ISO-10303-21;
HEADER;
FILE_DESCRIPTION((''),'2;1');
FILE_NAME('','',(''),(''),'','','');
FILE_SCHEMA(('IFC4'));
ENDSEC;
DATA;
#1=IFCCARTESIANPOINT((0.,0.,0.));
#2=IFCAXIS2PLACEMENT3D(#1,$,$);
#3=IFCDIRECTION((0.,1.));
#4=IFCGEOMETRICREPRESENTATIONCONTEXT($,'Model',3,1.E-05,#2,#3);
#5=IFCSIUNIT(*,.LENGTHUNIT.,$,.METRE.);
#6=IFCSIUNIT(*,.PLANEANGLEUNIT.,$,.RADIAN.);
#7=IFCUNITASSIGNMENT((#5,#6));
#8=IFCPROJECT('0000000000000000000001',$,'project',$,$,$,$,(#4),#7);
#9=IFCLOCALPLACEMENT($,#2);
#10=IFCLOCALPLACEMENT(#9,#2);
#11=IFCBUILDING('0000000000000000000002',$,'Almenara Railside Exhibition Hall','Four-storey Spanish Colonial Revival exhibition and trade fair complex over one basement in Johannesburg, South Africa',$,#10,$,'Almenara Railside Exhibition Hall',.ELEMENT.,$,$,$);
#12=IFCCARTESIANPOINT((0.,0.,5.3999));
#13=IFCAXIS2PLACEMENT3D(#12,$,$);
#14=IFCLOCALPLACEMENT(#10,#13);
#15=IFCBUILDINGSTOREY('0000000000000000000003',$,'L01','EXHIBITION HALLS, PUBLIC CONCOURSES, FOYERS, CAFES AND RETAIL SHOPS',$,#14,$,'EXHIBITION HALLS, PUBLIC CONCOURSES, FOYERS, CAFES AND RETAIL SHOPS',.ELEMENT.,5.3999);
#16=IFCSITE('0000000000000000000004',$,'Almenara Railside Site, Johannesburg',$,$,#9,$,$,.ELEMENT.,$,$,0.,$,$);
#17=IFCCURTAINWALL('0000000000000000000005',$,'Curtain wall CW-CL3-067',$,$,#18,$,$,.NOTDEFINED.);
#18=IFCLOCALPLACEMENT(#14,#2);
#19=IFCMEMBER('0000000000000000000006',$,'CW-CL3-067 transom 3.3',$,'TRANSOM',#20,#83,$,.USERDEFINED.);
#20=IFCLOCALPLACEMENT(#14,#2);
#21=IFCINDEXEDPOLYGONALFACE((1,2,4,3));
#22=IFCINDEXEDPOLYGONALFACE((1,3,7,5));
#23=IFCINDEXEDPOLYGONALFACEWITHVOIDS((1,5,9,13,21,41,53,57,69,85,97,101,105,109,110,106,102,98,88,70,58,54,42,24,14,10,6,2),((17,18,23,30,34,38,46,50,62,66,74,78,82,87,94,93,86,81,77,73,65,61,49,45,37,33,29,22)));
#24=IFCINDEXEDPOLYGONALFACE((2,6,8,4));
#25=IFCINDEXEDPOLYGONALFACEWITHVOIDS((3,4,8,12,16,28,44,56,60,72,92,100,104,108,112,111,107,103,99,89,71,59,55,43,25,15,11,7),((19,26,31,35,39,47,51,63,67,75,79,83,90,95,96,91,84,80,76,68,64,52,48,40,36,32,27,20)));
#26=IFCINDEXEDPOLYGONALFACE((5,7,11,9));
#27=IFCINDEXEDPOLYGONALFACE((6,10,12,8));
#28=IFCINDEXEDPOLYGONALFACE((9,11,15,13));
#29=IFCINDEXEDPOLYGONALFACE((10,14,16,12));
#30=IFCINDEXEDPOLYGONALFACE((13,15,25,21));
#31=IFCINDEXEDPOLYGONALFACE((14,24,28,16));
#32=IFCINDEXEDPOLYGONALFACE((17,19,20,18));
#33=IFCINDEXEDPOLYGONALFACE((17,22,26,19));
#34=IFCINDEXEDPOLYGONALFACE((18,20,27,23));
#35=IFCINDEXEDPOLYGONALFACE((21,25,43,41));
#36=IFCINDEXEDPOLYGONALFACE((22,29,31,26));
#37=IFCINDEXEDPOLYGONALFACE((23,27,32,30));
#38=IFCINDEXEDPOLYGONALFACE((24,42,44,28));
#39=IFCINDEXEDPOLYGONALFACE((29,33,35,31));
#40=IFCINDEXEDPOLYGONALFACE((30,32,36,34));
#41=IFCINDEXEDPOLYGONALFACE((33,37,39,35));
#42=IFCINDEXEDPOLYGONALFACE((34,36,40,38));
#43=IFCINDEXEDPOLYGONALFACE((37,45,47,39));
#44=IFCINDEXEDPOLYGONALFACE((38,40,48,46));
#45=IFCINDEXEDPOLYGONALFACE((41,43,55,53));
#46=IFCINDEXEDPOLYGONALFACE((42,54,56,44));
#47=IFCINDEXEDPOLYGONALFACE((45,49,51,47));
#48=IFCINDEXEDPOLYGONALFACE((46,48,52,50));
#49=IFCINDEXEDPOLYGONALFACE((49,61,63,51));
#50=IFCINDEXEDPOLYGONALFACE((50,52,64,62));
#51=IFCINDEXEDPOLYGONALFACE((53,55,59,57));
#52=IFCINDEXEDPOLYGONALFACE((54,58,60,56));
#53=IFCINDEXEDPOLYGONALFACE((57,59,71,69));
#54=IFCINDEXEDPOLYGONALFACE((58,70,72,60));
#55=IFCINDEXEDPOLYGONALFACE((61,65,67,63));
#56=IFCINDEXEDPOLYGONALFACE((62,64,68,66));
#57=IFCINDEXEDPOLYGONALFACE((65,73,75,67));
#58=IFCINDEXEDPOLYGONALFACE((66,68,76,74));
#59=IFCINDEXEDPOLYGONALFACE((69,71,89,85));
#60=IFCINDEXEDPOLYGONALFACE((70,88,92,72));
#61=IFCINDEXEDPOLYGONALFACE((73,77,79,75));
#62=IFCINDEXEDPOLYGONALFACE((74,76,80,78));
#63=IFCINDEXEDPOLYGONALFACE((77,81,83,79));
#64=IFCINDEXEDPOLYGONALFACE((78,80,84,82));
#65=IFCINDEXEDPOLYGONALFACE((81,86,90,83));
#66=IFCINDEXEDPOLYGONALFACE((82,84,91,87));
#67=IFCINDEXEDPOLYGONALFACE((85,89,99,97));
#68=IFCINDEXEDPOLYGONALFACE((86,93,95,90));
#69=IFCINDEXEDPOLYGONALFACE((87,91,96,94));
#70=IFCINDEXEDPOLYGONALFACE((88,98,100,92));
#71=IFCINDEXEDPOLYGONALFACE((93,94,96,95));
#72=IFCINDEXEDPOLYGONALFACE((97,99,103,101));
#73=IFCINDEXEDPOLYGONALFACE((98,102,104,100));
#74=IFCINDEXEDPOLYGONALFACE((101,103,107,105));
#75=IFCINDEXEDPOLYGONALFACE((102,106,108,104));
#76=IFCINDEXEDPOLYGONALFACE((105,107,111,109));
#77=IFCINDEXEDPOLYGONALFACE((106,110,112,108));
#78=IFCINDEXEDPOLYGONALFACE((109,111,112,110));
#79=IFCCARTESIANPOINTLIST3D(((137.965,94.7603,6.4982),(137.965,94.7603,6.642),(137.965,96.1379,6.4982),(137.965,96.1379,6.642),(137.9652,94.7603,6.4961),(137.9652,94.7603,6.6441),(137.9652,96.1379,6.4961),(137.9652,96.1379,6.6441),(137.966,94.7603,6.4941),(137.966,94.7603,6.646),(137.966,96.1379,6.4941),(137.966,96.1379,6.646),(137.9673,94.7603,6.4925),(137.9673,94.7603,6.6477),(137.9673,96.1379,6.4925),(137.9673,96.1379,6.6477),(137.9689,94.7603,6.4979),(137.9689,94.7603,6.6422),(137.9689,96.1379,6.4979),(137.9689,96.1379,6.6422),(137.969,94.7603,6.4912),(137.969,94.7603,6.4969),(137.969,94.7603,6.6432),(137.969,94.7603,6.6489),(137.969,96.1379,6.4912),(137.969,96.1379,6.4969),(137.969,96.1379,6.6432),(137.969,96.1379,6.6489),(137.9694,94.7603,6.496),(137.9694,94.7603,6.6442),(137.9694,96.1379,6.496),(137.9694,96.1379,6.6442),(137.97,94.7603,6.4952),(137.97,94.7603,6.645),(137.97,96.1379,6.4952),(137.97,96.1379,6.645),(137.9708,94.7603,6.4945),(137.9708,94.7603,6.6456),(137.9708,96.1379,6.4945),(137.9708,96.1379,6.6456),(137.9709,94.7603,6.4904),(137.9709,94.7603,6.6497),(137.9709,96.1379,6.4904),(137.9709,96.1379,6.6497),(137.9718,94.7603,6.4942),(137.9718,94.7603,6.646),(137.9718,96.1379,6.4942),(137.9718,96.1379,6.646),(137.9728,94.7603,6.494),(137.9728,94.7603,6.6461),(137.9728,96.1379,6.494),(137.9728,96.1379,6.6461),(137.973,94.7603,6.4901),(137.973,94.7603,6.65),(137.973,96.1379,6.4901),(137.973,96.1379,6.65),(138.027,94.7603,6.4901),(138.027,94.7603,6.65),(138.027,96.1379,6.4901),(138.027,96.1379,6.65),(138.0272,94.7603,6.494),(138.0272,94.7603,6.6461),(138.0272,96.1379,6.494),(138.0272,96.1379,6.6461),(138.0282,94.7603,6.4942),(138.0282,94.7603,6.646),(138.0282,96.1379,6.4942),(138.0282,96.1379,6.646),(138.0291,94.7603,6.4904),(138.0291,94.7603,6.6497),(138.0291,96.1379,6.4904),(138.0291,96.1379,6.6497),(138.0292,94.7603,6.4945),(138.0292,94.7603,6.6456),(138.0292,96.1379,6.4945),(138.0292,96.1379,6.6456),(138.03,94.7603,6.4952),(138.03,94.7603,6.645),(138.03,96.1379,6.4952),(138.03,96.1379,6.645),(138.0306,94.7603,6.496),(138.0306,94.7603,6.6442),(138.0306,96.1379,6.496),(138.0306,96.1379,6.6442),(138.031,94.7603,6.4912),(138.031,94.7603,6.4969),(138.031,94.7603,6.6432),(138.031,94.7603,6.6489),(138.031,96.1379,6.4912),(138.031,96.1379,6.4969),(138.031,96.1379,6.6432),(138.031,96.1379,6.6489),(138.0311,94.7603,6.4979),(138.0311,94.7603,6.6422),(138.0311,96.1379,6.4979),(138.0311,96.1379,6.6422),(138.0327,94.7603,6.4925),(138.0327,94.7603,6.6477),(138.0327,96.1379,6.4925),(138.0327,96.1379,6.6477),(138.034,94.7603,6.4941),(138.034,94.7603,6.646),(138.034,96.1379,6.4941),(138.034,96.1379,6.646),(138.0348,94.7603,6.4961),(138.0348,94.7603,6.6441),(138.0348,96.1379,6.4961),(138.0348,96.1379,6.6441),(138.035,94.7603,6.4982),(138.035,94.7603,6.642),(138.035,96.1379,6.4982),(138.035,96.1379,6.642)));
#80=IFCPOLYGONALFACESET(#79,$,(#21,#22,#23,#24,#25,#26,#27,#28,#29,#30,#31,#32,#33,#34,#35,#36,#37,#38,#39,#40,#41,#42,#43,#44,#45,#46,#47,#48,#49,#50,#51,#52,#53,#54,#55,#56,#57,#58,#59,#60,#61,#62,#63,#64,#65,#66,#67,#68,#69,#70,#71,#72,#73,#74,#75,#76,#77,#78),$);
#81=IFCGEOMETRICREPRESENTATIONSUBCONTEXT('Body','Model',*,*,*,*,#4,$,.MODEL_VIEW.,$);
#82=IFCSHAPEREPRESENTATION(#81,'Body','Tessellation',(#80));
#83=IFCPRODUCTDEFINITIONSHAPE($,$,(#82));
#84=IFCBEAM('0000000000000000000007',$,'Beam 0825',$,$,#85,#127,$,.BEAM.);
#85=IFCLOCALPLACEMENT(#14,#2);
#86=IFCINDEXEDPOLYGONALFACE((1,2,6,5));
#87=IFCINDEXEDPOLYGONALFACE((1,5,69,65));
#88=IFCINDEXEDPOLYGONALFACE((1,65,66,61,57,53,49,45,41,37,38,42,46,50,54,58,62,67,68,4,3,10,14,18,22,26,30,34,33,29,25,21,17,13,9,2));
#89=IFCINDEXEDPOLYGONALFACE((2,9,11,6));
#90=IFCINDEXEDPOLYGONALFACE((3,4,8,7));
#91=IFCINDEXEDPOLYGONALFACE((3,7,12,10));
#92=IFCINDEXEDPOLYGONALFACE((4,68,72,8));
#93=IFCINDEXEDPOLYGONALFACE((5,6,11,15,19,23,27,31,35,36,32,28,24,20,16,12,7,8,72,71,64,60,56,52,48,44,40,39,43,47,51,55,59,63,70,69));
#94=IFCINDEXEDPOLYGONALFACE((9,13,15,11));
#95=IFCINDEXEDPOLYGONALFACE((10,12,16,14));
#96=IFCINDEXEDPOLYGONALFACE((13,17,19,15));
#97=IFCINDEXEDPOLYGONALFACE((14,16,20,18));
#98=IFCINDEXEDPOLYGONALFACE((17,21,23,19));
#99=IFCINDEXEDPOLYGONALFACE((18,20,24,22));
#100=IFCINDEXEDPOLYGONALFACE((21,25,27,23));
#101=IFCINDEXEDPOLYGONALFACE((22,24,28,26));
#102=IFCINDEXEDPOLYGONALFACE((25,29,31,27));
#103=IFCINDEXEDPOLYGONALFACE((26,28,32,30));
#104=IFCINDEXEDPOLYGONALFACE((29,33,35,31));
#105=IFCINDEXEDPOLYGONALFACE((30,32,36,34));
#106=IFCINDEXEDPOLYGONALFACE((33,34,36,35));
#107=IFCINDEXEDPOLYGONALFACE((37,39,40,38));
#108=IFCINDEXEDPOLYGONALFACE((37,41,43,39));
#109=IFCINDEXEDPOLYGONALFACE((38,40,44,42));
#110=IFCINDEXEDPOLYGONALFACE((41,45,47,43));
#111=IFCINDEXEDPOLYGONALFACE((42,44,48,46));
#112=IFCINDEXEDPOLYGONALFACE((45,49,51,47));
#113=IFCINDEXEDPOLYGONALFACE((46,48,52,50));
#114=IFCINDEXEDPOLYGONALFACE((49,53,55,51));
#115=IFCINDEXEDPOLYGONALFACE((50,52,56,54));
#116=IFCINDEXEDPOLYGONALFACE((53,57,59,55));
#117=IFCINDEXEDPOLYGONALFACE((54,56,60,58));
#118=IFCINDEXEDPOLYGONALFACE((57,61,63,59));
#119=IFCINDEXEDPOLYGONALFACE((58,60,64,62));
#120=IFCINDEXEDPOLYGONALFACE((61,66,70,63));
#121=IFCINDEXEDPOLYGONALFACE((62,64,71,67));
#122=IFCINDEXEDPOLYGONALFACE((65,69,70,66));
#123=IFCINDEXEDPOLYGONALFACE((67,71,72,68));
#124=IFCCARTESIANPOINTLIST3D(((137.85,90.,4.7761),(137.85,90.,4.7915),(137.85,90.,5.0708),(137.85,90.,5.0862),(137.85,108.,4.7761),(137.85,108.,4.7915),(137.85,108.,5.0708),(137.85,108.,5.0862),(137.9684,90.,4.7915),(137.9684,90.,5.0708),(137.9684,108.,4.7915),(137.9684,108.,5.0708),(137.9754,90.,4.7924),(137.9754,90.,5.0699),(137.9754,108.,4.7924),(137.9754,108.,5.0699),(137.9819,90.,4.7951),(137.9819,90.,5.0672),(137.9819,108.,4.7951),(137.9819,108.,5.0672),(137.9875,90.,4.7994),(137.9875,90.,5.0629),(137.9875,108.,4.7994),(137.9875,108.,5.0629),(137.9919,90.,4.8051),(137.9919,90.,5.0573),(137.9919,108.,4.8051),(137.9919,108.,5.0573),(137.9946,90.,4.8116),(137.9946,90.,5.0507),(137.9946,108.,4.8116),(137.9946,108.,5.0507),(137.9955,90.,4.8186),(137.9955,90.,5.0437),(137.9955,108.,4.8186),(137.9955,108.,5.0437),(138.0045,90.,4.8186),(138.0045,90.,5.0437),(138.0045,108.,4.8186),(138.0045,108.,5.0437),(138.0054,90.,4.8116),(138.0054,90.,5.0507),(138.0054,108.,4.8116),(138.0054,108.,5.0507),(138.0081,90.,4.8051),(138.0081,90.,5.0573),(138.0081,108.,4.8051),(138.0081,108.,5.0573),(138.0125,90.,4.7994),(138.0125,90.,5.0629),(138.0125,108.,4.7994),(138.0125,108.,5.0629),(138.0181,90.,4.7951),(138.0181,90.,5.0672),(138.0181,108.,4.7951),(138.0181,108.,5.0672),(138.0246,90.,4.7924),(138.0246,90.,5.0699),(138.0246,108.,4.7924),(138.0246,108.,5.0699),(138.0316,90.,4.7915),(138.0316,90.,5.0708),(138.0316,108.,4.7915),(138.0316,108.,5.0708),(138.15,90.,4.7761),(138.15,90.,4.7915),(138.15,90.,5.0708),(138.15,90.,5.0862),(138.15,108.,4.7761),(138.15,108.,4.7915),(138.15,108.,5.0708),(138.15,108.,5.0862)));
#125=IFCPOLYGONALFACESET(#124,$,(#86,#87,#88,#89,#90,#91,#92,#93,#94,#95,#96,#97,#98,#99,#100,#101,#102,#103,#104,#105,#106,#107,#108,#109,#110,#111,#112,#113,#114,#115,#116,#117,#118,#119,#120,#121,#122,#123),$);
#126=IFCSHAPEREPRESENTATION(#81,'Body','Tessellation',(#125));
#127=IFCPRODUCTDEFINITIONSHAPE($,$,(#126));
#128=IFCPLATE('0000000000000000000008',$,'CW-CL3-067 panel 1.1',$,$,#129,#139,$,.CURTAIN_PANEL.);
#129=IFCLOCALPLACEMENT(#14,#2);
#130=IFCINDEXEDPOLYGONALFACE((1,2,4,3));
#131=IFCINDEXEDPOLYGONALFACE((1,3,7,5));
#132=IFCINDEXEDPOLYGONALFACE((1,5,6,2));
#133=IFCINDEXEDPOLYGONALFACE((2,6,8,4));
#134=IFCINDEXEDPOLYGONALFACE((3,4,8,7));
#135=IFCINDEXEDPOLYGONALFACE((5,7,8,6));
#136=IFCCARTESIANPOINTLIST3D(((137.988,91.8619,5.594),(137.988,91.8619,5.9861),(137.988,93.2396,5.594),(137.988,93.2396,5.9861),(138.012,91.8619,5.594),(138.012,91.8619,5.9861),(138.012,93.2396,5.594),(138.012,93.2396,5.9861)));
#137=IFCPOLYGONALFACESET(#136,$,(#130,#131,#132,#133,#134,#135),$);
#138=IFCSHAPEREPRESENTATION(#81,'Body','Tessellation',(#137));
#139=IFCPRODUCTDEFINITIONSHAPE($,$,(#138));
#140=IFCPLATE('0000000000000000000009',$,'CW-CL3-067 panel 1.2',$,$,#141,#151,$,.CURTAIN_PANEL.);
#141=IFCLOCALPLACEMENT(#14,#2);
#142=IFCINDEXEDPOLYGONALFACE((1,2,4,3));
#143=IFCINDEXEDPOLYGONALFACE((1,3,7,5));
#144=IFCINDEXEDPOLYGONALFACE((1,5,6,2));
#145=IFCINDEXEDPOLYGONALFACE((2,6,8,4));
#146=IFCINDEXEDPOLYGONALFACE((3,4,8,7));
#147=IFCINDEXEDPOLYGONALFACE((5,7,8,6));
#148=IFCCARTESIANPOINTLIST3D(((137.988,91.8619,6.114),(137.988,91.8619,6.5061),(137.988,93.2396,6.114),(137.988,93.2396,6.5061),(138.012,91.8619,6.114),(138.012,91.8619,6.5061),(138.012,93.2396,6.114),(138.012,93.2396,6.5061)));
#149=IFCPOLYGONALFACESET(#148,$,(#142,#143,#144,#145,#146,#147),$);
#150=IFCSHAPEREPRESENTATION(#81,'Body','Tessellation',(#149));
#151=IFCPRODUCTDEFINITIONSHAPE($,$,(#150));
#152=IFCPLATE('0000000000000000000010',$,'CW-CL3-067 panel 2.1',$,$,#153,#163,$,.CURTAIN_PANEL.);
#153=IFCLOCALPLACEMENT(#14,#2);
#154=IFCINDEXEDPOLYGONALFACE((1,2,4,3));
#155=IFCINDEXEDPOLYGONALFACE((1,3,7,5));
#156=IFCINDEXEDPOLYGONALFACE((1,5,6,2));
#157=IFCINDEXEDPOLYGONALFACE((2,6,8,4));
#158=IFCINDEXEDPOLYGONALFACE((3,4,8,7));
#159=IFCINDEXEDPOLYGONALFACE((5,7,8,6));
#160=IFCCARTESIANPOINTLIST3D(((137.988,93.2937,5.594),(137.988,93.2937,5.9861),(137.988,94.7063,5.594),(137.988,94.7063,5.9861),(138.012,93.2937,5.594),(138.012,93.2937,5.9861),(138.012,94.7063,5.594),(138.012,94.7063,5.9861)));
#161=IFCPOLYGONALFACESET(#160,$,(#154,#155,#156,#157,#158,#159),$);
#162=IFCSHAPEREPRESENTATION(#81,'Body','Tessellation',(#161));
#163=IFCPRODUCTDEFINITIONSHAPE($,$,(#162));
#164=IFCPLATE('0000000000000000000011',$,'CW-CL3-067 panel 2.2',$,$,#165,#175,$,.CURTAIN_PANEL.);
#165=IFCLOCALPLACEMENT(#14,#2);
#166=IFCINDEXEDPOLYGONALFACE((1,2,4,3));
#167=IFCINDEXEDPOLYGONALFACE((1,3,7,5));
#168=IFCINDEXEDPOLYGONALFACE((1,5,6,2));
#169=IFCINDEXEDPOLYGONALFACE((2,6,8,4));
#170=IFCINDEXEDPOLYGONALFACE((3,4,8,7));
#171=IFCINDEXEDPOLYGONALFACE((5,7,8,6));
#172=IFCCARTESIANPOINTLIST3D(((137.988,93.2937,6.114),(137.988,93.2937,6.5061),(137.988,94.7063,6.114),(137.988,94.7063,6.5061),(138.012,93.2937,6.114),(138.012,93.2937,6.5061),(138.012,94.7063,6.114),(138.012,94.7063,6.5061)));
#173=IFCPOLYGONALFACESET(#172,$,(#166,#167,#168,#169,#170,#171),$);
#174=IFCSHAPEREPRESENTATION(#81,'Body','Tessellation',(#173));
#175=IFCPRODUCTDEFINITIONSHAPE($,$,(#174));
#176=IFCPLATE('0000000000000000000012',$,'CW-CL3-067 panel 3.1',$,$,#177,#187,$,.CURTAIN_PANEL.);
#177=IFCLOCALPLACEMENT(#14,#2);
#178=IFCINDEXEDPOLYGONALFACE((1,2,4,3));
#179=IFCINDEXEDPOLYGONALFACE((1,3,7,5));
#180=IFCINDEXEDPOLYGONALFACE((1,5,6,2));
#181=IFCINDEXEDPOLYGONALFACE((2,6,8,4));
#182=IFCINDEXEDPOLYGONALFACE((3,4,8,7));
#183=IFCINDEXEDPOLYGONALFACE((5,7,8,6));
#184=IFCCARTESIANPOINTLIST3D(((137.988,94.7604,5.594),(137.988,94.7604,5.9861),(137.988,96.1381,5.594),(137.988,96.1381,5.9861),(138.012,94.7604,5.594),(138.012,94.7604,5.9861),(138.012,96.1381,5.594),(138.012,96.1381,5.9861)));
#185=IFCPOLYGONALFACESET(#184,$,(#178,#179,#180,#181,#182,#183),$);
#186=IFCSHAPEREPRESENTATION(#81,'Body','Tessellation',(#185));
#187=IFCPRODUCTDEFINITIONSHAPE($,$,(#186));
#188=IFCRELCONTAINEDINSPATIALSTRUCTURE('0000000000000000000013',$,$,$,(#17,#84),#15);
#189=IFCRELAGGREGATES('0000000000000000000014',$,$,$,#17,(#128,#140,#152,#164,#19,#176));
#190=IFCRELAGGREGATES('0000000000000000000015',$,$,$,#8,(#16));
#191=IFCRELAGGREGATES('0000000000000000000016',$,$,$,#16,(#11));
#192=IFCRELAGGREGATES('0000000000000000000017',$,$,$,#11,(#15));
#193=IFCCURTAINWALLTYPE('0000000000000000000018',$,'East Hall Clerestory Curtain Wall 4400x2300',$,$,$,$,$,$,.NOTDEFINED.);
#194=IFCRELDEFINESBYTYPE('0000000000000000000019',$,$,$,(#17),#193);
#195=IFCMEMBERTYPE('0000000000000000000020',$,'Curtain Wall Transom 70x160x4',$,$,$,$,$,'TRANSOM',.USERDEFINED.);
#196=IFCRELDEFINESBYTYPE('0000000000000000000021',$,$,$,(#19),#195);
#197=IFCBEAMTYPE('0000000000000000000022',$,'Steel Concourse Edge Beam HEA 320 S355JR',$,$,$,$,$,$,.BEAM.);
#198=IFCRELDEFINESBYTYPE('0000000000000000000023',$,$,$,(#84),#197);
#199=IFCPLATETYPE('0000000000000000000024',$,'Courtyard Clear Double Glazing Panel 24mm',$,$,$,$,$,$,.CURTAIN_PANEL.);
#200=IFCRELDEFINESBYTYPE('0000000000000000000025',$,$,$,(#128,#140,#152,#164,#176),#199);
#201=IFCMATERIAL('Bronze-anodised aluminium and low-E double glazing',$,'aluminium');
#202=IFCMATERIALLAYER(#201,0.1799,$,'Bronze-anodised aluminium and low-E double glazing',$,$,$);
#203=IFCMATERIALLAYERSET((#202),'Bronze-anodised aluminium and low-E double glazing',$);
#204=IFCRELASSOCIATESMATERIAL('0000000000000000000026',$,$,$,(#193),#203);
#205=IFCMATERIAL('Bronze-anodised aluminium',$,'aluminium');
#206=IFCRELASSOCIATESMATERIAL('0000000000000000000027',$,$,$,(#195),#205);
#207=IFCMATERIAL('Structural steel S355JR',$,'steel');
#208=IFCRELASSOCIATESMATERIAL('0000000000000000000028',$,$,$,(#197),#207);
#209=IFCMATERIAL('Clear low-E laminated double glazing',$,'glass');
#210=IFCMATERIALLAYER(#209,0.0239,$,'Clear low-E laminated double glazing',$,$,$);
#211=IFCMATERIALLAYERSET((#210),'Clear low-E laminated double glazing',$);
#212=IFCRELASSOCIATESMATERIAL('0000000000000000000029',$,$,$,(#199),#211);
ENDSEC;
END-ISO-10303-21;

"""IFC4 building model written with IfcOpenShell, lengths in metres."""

from ifc_helpers import new_model, si_unit, direction, frame, origin, origin_2d, place, context, subcontext, project, spatial, rectangle, hollow_rectangle, i_section, extrude, material, layer, layer_set, material_profile, profile_set, type_object, element, aggregate, save


model = new_model("IFC4")

# Units and contexts
model_context = context("Model", 3, precision=1e-05, world=origin(), true_north=direction((0.0, 1.0)))
body_context = subcontext(model_context, "Body", "Model", "MODEL_VIEW")
ifc_project = project(units=[si_unit("LENGTHUNIT", "METRE"), si_unit("PLANEANGLEUNIT", "RADIAN")], contexts=[model_context])

# Site, building, storey
site_placement = place(None, origin())
site = spatial("IfcSite", under=ifc_project, at=site_placement, Name="Almenara Railside Site, Johannesburg", CompositionType="ELEMENT", RefElevation=0.0)
building_placement = place(site_placement, origin())
building = spatial("IfcBuilding", under=site, at=building_placement, Name="Almenara Railside Exhibition Hall", Description="Four-storey Spanish Colonial Revival exhibition and trade fair complex over one basement in Johannesburg, South Africa", LongName="Almenara Railside Exhibition Hall", CompositionType="ELEMENT")
storey_placement = place(building_placement, frame((0.0, 0.0, 5.3999)))
storey = spatial("IfcBuildingStorey", under=building, at=storey_placement, Name="L01", Description="EXHIBITION HALLS, PUBLIC CONCOURSES, FOYERS, CAFES AND RETAIL SHOPS", LongName="EXHIBITION HALLS, PUBLIC CONCOURSES, FOYERS, CAFES AND RETAIL SHOPS", CompositionType="ELEMENT", Elevation=5.3999)

# Shared definitions
ifc_material_1 = material(Name="Bronze-anodised aluminium and low-E double glazing", Category="aluminium")
ifc_material_2 = material(Name="Bronze-anodised aluminium", Category="aluminium")

# Curtain wall, member
ifc_layer_1 = layer(ifc_material_1, 0.1799, Name="Bronze-anodised aluminium and low-E double glazing")
ifc_layer_set_1 = layer_set([ifc_layer_1], Name="Bronze-anodised aluminium and low-E double glazing")
curtain_wall_type_1 = type_object("IfcCurtainWallType", Name="East Hall Clerestory Curtain Wall 4400x2300", PredefinedType="NOTDEFINED", material=ifc_layer_set_1)
curtain_wall_1_placement = place(storey_placement, origin())
curtain_wall_1 = element("IfcCurtainWall", 1, at=curtain_wall_1_placement, inside=storey, type_object=curtain_wall_type_1, Name="Curtain wall CW-CL3-067", PredefinedType="NOTDEFINED")
ifc_material_profile_1 = material_profile(ifc_material_2, hollow_rectangle(XDim=0.0701, YDim=0.1599, WallThickness=0.0039, InnerFilletRadius=0.0039, OuterFilletRadius=0.0081, at=origin_2d()), Name="ALU-TRN 70x160x4")
ifc_profile_set_1 = profile_set([ifc_material_profile_1], Name="Bronze-anodised aluminium")
member_type_1 = type_object("IfcMemberType", Name="Curtain Wall Transom 70x160x4", ElementType="TRANSOM", PredefinedType="USERDEFINED", material=ifc_profile_set_1)
member_1_placement = place(storey_placement, frame((138.0, 94.7603, 6.5701), z_axis=(0.0, 1.0, 0.0), x_axis=(-1.0, 0.0, 0.0)))
member_1 = element("IfcMember", 2, at=member_1_placement, type_object=member_type_1, Name="CW-CL3-067 transom 3.3", ObjectType="TRANSOM", PredefinedType="USERDEFINED", context=body_context, shape_type="SweptSolid", body=[
    extrude(hollow_rectangle(XDim=0.0701, YDim=0.1599, WallThickness=0.0039, InnerFilletRadius=0.0039, OuterFilletRadius=0.0081, at=origin_2d()), origin(), (0.0, 0.0, 1.0), 1.3777),
])

# Beam
ifc_material_3 = material(Name="Structural steel S355JR", Category="steel")
ifc_material_profile_2 = material_profile(ifc_material_3, i_section(OverallWidth=0.3, OverallDepth=0.3101, WebThickness=0.009, FlangeThickness=0.0154, FilletRadius=0.0271, at=origin_2d()), Name="HEA 320")
ifc_profile_set_2 = profile_set([ifc_material_profile_2], Name="Structural steel S355JR")
beam_type = type_object("IfcBeamType", Name="Steel Concourse Edge Beam HEA 320 S355JR", PredefinedType="BEAM", material=ifc_profile_set_2)
beam_placement = place(storey_placement, frame((138.0, 90.0, 4.9312), z_axis=(0.0, 1.0, 0.0), x_axis=(-1.0, 0.0, 0.0)))
element("IfcBeam", 3, at=beam_placement, inside=storey, type_object=beam_type, Name="Beam 0825", PredefinedType="BEAM", context=body_context, shape_type="SweptSolid", body=[
    extrude(i_section(OverallWidth=0.3, OverallDepth=0.3101, WebThickness=0.009, FlangeThickness=0.0154, FilletRadius=0.0271, at=origin_2d()), origin(), (0.0, 0.0, 1.0), 18.0),
])

# Plates
ifc_material_4 = material(Name="Clear low-E laminated double glazing", Category="glass")
ifc_layer_2 = layer(ifc_material_4, 0.0239, Name="Clear low-E laminated double glazing")
ifc_layer_set_2 = layer_set([ifc_layer_2], Name="Clear low-E laminated double glazing")
plate_type_1 = type_object("IfcPlateType", Name="Courtyard Clear Double Glazing Panel 24mm", PredefinedType="CURTAIN_PANEL", material=ifc_layer_set_2)
plate_1_placement = place(storey_placement, frame((138.0, 92.5508, 5.594), z_axis=(0.0, 0.0, 1.0), x_axis=(0.0, 1.0, 0.0)))
plate_1 = element("IfcPlate", 4, at=plate_1_placement, type_object=plate_type_1, Name="CW-CL3-067 panel 1.1", PredefinedType="CURTAIN_PANEL", context=body_context, shape_type="SweptSolid", body=[
    extrude(rectangle(XDim=1.3777, YDim=0.0239, at=origin_2d()), origin(), (0.0, 0.0, 1.0), 0.3921),
])
plate_2_placement = place(storey_placement, frame((138.0, 92.5508, 6.114), z_axis=(0.0, 0.0, 1.0), x_axis=(0.0, 1.0, 0.0)))
plate_2 = element("IfcPlate", 5, at=plate_2_placement, type_object=plate_type_1, Name="CW-CL3-067 panel 1.2", PredefinedType="CURTAIN_PANEL", context=body_context, shape_type="SweptSolid", body=[
    extrude(rectangle(XDim=1.3777, YDim=0.0239, at=origin_2d()), origin(), (0.0, 0.0, 1.0), 0.3921),
])
plate_3_placement = place(storey_placement, frame((138.0, 94.0, 5.594), z_axis=(0.0, 0.0, 1.0), x_axis=(0.0, 1.0, 0.0)))
plate_3 = element("IfcPlate", 6, at=plate_3_placement, type_object=plate_type_1, Name="CW-CL3-067 panel 2.1", PredefinedType="CURTAIN_PANEL", context=body_context, shape_type="SweptSolid", body=[
    extrude(rectangle(XDim=1.4126, YDim=0.0239, at=origin_2d()), origin(), (0.0, 0.0, 1.0), 0.3921),
])
plate_4_placement = place(storey_placement, frame((138.0, 94.0, 6.114), z_axis=(0.0, 0.0, 1.0), x_axis=(0.0, 1.0, 0.0)))
plate_4 = element("IfcPlate", 7, at=plate_4_placement, type_object=plate_type_1, Name="CW-CL3-067 panel 2.2", PredefinedType="CURTAIN_PANEL", context=body_context, shape_type="SweptSolid", body=[
    extrude(rectangle(XDim=1.4126, YDim=0.0239, at=origin_2d()), origin(), (0.0, 0.0, 1.0), 0.3921),
])
plate_5_placement = place(storey_placement, frame((138.0, 95.4492, 5.594), z_axis=(0.0, 0.0, 1.0), x_axis=(0.0, 1.0, 0.0)))
plate_5 = element("IfcPlate", 8, at=plate_5_placement, type_object=plate_type_1, Name="CW-CL3-067 panel 3.1", PredefinedType="CURTAIN_PANEL", context=body_context, shape_type="SweptSolid", body=[
    extrude(rectangle(XDim=1.3777, YDim=0.0239, at=origin_2d()), origin(), (0.0, 0.0, 1.0), 0.3921),
])
aggregate(curtain_wall_1, [plate_1, plate_2, plate_3, plate_4, member_1, plate_5])

save(model, "model.ifc")
